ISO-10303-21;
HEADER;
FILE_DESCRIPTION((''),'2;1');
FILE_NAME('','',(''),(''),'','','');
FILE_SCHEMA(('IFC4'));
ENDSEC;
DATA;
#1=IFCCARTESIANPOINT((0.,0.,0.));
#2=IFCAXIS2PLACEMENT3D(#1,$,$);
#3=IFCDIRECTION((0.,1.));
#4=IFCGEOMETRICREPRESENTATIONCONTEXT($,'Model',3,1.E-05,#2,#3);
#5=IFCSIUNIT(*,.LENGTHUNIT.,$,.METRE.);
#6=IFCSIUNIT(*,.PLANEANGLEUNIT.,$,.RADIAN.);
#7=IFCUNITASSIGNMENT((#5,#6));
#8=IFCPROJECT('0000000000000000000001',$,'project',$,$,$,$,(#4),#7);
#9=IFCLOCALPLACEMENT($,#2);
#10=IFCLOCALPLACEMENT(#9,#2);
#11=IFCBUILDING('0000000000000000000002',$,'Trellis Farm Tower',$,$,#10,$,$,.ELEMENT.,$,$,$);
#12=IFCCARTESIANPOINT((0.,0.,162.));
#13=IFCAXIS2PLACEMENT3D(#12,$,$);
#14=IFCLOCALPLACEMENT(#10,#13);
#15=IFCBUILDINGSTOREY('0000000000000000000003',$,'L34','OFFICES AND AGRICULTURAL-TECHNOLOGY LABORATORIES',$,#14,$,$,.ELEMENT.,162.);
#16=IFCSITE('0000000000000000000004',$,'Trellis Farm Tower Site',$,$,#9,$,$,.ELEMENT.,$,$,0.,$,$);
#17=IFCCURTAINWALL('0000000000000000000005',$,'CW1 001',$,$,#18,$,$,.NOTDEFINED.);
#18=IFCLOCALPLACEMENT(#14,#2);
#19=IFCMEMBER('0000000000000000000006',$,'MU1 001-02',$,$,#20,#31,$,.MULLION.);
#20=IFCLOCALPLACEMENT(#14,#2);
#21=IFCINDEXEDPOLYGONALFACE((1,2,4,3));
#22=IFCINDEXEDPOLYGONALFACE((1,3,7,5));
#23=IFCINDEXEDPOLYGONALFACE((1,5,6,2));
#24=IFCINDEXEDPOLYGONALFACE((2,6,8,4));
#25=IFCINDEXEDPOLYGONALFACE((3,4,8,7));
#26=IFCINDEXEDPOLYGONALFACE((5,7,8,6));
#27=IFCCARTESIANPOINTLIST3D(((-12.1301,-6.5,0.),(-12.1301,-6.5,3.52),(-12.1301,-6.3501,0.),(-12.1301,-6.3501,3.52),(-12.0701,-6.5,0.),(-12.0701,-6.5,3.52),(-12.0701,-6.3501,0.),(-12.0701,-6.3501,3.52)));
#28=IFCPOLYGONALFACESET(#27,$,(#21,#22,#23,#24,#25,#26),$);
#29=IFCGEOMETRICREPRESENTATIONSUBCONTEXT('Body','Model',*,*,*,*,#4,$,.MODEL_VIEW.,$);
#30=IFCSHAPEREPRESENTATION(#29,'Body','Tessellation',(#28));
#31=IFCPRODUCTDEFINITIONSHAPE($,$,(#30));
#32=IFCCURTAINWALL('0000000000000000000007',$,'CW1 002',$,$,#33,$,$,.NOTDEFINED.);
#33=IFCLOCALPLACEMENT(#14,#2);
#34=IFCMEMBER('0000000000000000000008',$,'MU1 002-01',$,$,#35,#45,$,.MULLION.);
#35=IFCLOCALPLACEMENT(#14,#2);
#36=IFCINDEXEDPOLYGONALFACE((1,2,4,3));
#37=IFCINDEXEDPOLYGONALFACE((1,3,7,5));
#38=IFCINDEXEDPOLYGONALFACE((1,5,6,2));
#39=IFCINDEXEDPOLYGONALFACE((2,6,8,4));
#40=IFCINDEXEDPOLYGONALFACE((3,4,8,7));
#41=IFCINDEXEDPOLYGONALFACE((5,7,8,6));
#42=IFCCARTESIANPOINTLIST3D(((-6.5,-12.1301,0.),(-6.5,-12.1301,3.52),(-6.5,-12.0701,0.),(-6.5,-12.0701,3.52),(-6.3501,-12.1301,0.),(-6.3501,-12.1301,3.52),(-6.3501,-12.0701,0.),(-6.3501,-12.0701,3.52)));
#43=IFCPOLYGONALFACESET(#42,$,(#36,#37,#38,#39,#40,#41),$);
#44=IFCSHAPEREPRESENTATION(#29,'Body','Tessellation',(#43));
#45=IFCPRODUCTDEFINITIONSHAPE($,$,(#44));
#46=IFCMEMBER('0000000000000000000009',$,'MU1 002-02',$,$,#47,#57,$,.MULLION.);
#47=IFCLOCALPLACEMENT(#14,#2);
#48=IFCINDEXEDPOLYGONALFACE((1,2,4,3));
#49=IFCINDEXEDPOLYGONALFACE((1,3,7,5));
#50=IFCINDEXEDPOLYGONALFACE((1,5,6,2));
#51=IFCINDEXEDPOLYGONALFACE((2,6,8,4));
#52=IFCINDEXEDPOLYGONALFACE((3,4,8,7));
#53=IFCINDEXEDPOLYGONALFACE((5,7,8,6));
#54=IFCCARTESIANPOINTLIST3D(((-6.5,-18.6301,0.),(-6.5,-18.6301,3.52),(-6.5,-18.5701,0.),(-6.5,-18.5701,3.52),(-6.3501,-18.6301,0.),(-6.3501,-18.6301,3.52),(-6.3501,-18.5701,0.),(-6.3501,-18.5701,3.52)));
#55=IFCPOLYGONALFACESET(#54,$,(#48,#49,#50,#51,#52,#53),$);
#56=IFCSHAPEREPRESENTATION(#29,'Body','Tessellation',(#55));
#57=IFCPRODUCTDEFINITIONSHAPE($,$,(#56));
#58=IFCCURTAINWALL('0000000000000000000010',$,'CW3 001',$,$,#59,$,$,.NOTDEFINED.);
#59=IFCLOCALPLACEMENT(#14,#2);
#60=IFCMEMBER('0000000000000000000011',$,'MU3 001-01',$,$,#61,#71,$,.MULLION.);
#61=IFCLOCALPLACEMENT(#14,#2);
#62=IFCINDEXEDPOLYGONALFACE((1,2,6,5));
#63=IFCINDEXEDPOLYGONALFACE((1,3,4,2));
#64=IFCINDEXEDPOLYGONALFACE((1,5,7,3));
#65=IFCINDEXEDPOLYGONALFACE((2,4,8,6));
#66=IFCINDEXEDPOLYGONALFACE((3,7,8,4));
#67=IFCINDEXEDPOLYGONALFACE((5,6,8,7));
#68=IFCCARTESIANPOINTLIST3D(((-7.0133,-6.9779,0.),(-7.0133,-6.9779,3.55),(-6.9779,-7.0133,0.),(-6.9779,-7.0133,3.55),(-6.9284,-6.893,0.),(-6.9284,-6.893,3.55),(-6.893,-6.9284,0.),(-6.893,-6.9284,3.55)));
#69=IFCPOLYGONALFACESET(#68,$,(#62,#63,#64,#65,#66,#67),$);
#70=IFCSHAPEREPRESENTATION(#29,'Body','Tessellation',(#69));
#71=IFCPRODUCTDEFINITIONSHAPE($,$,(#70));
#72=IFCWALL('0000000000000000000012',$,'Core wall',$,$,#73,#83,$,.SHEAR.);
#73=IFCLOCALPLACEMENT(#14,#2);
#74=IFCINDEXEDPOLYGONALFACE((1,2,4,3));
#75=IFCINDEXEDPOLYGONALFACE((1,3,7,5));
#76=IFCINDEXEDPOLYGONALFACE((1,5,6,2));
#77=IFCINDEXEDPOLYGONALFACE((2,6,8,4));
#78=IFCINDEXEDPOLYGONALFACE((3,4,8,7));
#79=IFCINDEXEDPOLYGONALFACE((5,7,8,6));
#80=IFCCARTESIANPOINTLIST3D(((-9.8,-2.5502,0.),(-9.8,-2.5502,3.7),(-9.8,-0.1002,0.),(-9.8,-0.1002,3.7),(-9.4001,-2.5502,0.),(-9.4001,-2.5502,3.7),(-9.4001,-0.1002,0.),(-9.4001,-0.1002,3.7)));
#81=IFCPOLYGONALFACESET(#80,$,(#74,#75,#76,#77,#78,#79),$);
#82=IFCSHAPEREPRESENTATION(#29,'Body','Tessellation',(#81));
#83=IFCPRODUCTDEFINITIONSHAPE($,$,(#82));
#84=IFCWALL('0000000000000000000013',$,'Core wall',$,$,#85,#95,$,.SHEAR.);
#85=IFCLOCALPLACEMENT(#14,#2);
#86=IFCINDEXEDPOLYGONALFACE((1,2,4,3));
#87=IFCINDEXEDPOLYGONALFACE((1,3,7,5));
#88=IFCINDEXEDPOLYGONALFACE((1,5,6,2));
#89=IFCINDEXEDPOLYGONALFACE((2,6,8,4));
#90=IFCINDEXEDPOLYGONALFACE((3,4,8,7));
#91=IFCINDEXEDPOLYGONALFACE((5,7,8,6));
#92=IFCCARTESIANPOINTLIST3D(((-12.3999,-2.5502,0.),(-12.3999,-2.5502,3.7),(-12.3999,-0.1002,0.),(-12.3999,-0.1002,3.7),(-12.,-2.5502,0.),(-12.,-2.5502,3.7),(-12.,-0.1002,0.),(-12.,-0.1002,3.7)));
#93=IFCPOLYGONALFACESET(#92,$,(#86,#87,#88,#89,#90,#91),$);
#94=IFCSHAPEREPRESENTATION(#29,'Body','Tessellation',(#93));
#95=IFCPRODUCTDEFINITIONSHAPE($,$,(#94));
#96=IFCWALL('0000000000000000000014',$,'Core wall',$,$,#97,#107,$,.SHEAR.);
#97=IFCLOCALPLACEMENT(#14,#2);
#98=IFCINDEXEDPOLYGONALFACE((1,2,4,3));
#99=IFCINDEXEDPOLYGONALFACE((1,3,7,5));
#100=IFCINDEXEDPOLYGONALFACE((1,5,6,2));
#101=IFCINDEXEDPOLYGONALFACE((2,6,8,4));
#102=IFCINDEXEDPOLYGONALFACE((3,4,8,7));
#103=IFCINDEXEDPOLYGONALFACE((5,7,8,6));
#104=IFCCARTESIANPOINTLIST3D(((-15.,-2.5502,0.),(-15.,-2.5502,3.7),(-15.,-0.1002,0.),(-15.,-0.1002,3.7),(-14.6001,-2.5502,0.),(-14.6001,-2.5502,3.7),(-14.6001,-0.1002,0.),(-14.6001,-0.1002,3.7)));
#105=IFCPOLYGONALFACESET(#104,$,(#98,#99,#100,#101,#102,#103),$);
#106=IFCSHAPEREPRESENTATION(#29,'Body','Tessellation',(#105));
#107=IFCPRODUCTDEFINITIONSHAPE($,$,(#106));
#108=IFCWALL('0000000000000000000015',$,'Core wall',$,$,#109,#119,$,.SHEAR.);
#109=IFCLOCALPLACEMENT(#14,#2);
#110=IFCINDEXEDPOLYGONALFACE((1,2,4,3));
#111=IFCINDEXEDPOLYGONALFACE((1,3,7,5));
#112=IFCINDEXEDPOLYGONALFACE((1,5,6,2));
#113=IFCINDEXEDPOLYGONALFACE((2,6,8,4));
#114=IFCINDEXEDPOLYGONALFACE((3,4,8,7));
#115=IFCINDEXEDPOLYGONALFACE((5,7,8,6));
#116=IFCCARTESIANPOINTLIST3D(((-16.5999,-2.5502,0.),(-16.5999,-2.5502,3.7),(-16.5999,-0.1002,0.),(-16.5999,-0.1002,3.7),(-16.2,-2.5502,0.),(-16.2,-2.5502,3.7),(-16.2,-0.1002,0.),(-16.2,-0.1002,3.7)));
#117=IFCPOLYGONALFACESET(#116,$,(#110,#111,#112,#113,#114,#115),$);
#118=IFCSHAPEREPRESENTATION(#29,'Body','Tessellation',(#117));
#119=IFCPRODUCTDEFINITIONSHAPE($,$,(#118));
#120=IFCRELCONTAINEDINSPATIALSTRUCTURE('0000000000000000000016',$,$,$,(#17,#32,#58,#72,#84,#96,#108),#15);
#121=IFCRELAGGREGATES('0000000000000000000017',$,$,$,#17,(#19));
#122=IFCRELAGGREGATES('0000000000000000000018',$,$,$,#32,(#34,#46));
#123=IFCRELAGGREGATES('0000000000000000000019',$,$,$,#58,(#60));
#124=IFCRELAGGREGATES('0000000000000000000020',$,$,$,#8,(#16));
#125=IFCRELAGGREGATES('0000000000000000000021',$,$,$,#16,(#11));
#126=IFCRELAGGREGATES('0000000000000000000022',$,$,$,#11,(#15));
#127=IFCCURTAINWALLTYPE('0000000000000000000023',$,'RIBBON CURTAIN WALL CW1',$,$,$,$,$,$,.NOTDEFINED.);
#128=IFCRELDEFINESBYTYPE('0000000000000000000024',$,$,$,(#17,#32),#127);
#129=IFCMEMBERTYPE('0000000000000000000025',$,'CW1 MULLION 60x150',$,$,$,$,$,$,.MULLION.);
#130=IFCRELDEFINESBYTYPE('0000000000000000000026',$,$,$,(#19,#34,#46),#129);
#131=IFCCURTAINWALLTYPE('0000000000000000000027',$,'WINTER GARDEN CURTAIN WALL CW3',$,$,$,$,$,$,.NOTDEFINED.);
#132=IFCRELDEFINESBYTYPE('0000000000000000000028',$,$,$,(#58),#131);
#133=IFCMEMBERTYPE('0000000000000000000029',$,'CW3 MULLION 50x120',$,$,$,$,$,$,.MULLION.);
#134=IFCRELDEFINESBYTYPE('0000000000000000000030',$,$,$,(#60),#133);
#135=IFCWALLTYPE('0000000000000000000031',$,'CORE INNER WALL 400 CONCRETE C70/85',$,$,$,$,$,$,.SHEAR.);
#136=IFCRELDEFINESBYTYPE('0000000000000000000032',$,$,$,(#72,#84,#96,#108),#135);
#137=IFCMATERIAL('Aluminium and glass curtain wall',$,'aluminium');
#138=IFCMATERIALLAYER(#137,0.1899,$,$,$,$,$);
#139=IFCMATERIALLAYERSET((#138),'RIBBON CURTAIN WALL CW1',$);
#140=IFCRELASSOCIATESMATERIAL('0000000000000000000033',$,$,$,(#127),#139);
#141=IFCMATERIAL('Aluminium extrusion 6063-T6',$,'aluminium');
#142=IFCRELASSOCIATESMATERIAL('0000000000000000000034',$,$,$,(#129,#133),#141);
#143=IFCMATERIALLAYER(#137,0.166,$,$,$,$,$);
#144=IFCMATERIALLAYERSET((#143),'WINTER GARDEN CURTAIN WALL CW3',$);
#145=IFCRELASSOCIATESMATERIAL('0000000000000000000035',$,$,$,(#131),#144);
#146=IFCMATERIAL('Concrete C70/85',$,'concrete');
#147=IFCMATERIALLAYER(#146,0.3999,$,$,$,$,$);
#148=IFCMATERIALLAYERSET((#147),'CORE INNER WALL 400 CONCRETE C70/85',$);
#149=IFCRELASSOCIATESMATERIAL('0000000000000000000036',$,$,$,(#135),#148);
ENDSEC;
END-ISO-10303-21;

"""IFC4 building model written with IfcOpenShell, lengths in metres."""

from ifc_helpers import new_model, si_unit, direction, frame, frame_2d, origin, origin_2d, place, context, subcontext, project, spatial, rectangle, extrude, source, transform, mapped, material, layer, layer_set, material_profile, profile_set, type_object, element, aggregate, save


model = new_model("IFC4")

# Units and contexts
model_context = context("Model", 3, precision=1e-05, world=origin(), true_north=direction((0.0, 1.0)))
body_context = subcontext(model_context, "Body", "Model", "MODEL_VIEW")
ifc_project = project(units=[si_unit("LENGTHUNIT", "METRE"), si_unit("PLANEANGLEUNIT", "RADIAN")], contexts=[model_context])

# Site, building, storey
site_placement = place(None, origin())
site = spatial("IfcSite", under=ifc_project, at=site_placement, Name="Trellis Farm Tower Site", CompositionType="ELEMENT", RefElevation=0.0)
building_placement = place(site_placement, origin())
building = spatial("IfcBuilding", under=site, at=building_placement, Name="Trellis Farm Tower", CompositionType="ELEMENT")
storey_placement = place(building_placement, frame((0.0, 0.0, 162.0)))
storey = spatial("IfcBuildingStorey", under=building, at=storey_placement, Name="L34", Description="OFFICES AND AGRICULTURAL-TECHNOLOGY LABORATORIES", CompositionType="ELEMENT", Elevation=162.0)

# Shared definitions
ifc_material_1 = material(Name="Concrete C70/85", Category="concrete")

# Curtain wall, member
ifc_material_2 = material(Name="Aluminium and glass curtain wall", Category="aluminium")
ifc_layer_1 = layer(ifc_material_2, 0.1899)
ifc_layer_set_1 = layer_set([ifc_layer_1], Name="RIBBON CURTAIN WALL CW1")
curtain_wall_type_1 = type_object("IfcCurtainWallType", Name="RIBBON CURTAIN WALL CW1", PredefinedType="NOTDEFINED", material=ifc_layer_set_1)
placement = place(storey_placement, origin())
curtain_wall_1 = element("IfcCurtainWall", 1, at=placement, inside=storey, type_object=curtain_wall_type_1, Name="CW1 001", PredefinedType="NOTDEFINED")
ifc_material_3 = material(Name="Aluminium extrusion 6063-T6", Category="aluminium")
ifc_material_profile_1 = material_profile(ifc_material_3, rectangle(XDim=0.0601, YDim=0.1499, at=origin_2d()), Name="MULLION 60x150")
ifc_profile_set_1 = profile_set([ifc_material_profile_1], Name="Aluminium extrusion 6063-T6")
member_type_1 = type_object("IfcMemberType", Name="CW1 MULLION 60x150", PredefinedType="MULLION", material=ifc_profile_set_1)
shared_shape_1 = source(origin(), body_context, "Body", "SweptSolid", [
    extrude(rectangle(XDim=0.0601, YDim=0.1499, at=origin_2d()), origin(), (0.0, 0.0, 1.0), 3.52),
])
member_1_placement = place(storey_placement, frame((-12.1001, -6.425, 0.0), z_axis=(0.0, 0.0, 1.0), x_axis=(1.0, 0.0, 0.0)))
member_1 = element("IfcMember", 2, at=member_1_placement, type_object=member_type_1, Name="MU1 001-02", PredefinedType="MULLION", context=body_context, shape_type="MappedRepresentation", body=[
    mapped(shared_shape_1, transform((0.0, 0.0, 0.0))),
])
aggregate(curtain_wall_1, [member_1])

# Curtain wall, members
curtain_wall_2 = element("IfcCurtainWall", 3, at=placement, inside=storey, type_object=curtain_wall_type_1, Name="CW1 002", PredefinedType="NOTDEFINED")
member_2_placement = place(storey_placement, frame((-6.425, -12.1001, 0.0), z_axis=(0.0, 0.0, 1.0), x_axis=(0.0, -1.0, 0.0)))
member_2 = element("IfcMember", 4, at=member_2_placement, type_object=member_type_1, Name="MU1 002-01", PredefinedType="MULLION", context=body_context, shape_type="MappedRepresentation", body=[
    mapped(shared_shape_1, transform((0.0, 0.0, 0.0))),
])
member_3_placement = place(storey_placement, frame((-6.425, -18.6001, 0.0), z_axis=(0.0, 0.0, 1.0), x_axis=(0.0, -1.0, 0.0)))
member_3 = element("IfcMember", 5, at=member_3_placement, type_object=member_type_1, Name="MU1 002-02", PredefinedType="MULLION", context=body_context, shape_type="MappedRepresentation", body=[
    mapped(shared_shape_1, transform((0.0, 0.0, 0.0))),
])
aggregate(curtain_wall_2, [member_2, member_3])

# Curtain wall, member
ifc_layer_2 = layer(ifc_material_2, 0.166)
ifc_layer_set_2 = layer_set([ifc_layer_2], Name="WINTER GARDEN CURTAIN WALL CW3")
curtain_wall_type_2 = type_object("IfcCurtainWallType", Name="WINTER GARDEN CURTAIN WALL CW3", PredefinedType="NOTDEFINED", material=ifc_layer_set_2)
curtain_wall_3 = element("IfcCurtainWall", 6, at=placement, inside=storey, type_object=curtain_wall_type_2, Name="CW3 001", PredefinedType="NOTDEFINED")
ifc_material_profile_2 = material_profile(ifc_material_3, rectangle(XDim=0.05, YDim=0.1201, at=origin_2d()), Name="MULLION 50x120")
ifc_profile_set_2 = profile_set([ifc_material_profile_2], Name="Aluminium extrusion 6063-T6")
member_type_2 = type_object("IfcMemberType", Name="CW3 MULLION 50x120", PredefinedType="MULLION", material=ifc_profile_set_2)
shared_shape_2 = source(origin(), body_context, "Body", "SweptSolid", [
    extrude(rectangle(XDim=0.05, YDim=0.1201, at=origin_2d()), origin(), (0.0, 0.0, 1.0), 3.55),
])
member_4_placement = place(storey_placement, frame((-6.9531, -6.9531, 0.0), z_axis=(0.0, 0.0, 1.0), x_axis=(0.707107, -0.707107, 0.0)))
member_4 = element("IfcMember", 7, at=member_4_placement, type_object=member_type_2, Name="MU3 001-01", PredefinedType="MULLION", context=body_context, shape_type="MappedRepresentation", body=[
    mapped(shared_shape_2, transform((0.0, 0.0, 0.0))),
])
aggregate(curtain_wall_3, [member_4])

# Walls
ifc_layer_3 = layer(ifc_material_1, 0.3999)
ifc_layer_set_3 = layer_set([ifc_layer_3], Name="CORE INNER WALL 400 CONCRETE C70/85")
wall_type_1 = type_object("IfcWallType", Name="CORE INNER WALL 400 CONCRETE C70/85", PredefinedType="SHEAR", material=ifc_layer_set_3)
shared_shape_3 = source(origin(), body_context, "Body", "SweptSolid", [
    extrude(rectangle(XDim=2.45, YDim=0.3999, at=frame_2d((1.2251, 0.0))), origin(), (0.0, 0.0, 1.0), 3.7),
])
for number, where, z_axis, x_axis, name in (
    (8, (-9.6001, -0.1001, 0.0), (0.0, 0.0, 1.0), (0.0, -1.0, 0.0), "Core wall"),
    (9, (-12.2, -0.1001, 0.0), (0.0, 0.0, 1.0), (0.0, -1.0, 0.0), "Core wall"),
    (10, (-14.8, -0.1001, 0.0), (0.0, 0.0, 1.0), (0.0, -1.0, 0.0), "Core wall"),
    (11, (-16.3999, -0.1001, 0.0), (0.0, 0.0, 1.0), (0.0, -1.0, 0.0), "Core wall"),
):
    element("IfcWall", number, at=place(storey_placement, frame(where, z_axis=z_axis, x_axis=x_axis)), inside=storey, type_object=wall_type_1, Name=name, PredefinedType="SHEAR", context=body_context, shape_type="MappedRepresentation", body=[
        mapped(shared_shape_3, transform((0.0, 0.0, 0.0))),
    ])

save(model, "model.ifc")
